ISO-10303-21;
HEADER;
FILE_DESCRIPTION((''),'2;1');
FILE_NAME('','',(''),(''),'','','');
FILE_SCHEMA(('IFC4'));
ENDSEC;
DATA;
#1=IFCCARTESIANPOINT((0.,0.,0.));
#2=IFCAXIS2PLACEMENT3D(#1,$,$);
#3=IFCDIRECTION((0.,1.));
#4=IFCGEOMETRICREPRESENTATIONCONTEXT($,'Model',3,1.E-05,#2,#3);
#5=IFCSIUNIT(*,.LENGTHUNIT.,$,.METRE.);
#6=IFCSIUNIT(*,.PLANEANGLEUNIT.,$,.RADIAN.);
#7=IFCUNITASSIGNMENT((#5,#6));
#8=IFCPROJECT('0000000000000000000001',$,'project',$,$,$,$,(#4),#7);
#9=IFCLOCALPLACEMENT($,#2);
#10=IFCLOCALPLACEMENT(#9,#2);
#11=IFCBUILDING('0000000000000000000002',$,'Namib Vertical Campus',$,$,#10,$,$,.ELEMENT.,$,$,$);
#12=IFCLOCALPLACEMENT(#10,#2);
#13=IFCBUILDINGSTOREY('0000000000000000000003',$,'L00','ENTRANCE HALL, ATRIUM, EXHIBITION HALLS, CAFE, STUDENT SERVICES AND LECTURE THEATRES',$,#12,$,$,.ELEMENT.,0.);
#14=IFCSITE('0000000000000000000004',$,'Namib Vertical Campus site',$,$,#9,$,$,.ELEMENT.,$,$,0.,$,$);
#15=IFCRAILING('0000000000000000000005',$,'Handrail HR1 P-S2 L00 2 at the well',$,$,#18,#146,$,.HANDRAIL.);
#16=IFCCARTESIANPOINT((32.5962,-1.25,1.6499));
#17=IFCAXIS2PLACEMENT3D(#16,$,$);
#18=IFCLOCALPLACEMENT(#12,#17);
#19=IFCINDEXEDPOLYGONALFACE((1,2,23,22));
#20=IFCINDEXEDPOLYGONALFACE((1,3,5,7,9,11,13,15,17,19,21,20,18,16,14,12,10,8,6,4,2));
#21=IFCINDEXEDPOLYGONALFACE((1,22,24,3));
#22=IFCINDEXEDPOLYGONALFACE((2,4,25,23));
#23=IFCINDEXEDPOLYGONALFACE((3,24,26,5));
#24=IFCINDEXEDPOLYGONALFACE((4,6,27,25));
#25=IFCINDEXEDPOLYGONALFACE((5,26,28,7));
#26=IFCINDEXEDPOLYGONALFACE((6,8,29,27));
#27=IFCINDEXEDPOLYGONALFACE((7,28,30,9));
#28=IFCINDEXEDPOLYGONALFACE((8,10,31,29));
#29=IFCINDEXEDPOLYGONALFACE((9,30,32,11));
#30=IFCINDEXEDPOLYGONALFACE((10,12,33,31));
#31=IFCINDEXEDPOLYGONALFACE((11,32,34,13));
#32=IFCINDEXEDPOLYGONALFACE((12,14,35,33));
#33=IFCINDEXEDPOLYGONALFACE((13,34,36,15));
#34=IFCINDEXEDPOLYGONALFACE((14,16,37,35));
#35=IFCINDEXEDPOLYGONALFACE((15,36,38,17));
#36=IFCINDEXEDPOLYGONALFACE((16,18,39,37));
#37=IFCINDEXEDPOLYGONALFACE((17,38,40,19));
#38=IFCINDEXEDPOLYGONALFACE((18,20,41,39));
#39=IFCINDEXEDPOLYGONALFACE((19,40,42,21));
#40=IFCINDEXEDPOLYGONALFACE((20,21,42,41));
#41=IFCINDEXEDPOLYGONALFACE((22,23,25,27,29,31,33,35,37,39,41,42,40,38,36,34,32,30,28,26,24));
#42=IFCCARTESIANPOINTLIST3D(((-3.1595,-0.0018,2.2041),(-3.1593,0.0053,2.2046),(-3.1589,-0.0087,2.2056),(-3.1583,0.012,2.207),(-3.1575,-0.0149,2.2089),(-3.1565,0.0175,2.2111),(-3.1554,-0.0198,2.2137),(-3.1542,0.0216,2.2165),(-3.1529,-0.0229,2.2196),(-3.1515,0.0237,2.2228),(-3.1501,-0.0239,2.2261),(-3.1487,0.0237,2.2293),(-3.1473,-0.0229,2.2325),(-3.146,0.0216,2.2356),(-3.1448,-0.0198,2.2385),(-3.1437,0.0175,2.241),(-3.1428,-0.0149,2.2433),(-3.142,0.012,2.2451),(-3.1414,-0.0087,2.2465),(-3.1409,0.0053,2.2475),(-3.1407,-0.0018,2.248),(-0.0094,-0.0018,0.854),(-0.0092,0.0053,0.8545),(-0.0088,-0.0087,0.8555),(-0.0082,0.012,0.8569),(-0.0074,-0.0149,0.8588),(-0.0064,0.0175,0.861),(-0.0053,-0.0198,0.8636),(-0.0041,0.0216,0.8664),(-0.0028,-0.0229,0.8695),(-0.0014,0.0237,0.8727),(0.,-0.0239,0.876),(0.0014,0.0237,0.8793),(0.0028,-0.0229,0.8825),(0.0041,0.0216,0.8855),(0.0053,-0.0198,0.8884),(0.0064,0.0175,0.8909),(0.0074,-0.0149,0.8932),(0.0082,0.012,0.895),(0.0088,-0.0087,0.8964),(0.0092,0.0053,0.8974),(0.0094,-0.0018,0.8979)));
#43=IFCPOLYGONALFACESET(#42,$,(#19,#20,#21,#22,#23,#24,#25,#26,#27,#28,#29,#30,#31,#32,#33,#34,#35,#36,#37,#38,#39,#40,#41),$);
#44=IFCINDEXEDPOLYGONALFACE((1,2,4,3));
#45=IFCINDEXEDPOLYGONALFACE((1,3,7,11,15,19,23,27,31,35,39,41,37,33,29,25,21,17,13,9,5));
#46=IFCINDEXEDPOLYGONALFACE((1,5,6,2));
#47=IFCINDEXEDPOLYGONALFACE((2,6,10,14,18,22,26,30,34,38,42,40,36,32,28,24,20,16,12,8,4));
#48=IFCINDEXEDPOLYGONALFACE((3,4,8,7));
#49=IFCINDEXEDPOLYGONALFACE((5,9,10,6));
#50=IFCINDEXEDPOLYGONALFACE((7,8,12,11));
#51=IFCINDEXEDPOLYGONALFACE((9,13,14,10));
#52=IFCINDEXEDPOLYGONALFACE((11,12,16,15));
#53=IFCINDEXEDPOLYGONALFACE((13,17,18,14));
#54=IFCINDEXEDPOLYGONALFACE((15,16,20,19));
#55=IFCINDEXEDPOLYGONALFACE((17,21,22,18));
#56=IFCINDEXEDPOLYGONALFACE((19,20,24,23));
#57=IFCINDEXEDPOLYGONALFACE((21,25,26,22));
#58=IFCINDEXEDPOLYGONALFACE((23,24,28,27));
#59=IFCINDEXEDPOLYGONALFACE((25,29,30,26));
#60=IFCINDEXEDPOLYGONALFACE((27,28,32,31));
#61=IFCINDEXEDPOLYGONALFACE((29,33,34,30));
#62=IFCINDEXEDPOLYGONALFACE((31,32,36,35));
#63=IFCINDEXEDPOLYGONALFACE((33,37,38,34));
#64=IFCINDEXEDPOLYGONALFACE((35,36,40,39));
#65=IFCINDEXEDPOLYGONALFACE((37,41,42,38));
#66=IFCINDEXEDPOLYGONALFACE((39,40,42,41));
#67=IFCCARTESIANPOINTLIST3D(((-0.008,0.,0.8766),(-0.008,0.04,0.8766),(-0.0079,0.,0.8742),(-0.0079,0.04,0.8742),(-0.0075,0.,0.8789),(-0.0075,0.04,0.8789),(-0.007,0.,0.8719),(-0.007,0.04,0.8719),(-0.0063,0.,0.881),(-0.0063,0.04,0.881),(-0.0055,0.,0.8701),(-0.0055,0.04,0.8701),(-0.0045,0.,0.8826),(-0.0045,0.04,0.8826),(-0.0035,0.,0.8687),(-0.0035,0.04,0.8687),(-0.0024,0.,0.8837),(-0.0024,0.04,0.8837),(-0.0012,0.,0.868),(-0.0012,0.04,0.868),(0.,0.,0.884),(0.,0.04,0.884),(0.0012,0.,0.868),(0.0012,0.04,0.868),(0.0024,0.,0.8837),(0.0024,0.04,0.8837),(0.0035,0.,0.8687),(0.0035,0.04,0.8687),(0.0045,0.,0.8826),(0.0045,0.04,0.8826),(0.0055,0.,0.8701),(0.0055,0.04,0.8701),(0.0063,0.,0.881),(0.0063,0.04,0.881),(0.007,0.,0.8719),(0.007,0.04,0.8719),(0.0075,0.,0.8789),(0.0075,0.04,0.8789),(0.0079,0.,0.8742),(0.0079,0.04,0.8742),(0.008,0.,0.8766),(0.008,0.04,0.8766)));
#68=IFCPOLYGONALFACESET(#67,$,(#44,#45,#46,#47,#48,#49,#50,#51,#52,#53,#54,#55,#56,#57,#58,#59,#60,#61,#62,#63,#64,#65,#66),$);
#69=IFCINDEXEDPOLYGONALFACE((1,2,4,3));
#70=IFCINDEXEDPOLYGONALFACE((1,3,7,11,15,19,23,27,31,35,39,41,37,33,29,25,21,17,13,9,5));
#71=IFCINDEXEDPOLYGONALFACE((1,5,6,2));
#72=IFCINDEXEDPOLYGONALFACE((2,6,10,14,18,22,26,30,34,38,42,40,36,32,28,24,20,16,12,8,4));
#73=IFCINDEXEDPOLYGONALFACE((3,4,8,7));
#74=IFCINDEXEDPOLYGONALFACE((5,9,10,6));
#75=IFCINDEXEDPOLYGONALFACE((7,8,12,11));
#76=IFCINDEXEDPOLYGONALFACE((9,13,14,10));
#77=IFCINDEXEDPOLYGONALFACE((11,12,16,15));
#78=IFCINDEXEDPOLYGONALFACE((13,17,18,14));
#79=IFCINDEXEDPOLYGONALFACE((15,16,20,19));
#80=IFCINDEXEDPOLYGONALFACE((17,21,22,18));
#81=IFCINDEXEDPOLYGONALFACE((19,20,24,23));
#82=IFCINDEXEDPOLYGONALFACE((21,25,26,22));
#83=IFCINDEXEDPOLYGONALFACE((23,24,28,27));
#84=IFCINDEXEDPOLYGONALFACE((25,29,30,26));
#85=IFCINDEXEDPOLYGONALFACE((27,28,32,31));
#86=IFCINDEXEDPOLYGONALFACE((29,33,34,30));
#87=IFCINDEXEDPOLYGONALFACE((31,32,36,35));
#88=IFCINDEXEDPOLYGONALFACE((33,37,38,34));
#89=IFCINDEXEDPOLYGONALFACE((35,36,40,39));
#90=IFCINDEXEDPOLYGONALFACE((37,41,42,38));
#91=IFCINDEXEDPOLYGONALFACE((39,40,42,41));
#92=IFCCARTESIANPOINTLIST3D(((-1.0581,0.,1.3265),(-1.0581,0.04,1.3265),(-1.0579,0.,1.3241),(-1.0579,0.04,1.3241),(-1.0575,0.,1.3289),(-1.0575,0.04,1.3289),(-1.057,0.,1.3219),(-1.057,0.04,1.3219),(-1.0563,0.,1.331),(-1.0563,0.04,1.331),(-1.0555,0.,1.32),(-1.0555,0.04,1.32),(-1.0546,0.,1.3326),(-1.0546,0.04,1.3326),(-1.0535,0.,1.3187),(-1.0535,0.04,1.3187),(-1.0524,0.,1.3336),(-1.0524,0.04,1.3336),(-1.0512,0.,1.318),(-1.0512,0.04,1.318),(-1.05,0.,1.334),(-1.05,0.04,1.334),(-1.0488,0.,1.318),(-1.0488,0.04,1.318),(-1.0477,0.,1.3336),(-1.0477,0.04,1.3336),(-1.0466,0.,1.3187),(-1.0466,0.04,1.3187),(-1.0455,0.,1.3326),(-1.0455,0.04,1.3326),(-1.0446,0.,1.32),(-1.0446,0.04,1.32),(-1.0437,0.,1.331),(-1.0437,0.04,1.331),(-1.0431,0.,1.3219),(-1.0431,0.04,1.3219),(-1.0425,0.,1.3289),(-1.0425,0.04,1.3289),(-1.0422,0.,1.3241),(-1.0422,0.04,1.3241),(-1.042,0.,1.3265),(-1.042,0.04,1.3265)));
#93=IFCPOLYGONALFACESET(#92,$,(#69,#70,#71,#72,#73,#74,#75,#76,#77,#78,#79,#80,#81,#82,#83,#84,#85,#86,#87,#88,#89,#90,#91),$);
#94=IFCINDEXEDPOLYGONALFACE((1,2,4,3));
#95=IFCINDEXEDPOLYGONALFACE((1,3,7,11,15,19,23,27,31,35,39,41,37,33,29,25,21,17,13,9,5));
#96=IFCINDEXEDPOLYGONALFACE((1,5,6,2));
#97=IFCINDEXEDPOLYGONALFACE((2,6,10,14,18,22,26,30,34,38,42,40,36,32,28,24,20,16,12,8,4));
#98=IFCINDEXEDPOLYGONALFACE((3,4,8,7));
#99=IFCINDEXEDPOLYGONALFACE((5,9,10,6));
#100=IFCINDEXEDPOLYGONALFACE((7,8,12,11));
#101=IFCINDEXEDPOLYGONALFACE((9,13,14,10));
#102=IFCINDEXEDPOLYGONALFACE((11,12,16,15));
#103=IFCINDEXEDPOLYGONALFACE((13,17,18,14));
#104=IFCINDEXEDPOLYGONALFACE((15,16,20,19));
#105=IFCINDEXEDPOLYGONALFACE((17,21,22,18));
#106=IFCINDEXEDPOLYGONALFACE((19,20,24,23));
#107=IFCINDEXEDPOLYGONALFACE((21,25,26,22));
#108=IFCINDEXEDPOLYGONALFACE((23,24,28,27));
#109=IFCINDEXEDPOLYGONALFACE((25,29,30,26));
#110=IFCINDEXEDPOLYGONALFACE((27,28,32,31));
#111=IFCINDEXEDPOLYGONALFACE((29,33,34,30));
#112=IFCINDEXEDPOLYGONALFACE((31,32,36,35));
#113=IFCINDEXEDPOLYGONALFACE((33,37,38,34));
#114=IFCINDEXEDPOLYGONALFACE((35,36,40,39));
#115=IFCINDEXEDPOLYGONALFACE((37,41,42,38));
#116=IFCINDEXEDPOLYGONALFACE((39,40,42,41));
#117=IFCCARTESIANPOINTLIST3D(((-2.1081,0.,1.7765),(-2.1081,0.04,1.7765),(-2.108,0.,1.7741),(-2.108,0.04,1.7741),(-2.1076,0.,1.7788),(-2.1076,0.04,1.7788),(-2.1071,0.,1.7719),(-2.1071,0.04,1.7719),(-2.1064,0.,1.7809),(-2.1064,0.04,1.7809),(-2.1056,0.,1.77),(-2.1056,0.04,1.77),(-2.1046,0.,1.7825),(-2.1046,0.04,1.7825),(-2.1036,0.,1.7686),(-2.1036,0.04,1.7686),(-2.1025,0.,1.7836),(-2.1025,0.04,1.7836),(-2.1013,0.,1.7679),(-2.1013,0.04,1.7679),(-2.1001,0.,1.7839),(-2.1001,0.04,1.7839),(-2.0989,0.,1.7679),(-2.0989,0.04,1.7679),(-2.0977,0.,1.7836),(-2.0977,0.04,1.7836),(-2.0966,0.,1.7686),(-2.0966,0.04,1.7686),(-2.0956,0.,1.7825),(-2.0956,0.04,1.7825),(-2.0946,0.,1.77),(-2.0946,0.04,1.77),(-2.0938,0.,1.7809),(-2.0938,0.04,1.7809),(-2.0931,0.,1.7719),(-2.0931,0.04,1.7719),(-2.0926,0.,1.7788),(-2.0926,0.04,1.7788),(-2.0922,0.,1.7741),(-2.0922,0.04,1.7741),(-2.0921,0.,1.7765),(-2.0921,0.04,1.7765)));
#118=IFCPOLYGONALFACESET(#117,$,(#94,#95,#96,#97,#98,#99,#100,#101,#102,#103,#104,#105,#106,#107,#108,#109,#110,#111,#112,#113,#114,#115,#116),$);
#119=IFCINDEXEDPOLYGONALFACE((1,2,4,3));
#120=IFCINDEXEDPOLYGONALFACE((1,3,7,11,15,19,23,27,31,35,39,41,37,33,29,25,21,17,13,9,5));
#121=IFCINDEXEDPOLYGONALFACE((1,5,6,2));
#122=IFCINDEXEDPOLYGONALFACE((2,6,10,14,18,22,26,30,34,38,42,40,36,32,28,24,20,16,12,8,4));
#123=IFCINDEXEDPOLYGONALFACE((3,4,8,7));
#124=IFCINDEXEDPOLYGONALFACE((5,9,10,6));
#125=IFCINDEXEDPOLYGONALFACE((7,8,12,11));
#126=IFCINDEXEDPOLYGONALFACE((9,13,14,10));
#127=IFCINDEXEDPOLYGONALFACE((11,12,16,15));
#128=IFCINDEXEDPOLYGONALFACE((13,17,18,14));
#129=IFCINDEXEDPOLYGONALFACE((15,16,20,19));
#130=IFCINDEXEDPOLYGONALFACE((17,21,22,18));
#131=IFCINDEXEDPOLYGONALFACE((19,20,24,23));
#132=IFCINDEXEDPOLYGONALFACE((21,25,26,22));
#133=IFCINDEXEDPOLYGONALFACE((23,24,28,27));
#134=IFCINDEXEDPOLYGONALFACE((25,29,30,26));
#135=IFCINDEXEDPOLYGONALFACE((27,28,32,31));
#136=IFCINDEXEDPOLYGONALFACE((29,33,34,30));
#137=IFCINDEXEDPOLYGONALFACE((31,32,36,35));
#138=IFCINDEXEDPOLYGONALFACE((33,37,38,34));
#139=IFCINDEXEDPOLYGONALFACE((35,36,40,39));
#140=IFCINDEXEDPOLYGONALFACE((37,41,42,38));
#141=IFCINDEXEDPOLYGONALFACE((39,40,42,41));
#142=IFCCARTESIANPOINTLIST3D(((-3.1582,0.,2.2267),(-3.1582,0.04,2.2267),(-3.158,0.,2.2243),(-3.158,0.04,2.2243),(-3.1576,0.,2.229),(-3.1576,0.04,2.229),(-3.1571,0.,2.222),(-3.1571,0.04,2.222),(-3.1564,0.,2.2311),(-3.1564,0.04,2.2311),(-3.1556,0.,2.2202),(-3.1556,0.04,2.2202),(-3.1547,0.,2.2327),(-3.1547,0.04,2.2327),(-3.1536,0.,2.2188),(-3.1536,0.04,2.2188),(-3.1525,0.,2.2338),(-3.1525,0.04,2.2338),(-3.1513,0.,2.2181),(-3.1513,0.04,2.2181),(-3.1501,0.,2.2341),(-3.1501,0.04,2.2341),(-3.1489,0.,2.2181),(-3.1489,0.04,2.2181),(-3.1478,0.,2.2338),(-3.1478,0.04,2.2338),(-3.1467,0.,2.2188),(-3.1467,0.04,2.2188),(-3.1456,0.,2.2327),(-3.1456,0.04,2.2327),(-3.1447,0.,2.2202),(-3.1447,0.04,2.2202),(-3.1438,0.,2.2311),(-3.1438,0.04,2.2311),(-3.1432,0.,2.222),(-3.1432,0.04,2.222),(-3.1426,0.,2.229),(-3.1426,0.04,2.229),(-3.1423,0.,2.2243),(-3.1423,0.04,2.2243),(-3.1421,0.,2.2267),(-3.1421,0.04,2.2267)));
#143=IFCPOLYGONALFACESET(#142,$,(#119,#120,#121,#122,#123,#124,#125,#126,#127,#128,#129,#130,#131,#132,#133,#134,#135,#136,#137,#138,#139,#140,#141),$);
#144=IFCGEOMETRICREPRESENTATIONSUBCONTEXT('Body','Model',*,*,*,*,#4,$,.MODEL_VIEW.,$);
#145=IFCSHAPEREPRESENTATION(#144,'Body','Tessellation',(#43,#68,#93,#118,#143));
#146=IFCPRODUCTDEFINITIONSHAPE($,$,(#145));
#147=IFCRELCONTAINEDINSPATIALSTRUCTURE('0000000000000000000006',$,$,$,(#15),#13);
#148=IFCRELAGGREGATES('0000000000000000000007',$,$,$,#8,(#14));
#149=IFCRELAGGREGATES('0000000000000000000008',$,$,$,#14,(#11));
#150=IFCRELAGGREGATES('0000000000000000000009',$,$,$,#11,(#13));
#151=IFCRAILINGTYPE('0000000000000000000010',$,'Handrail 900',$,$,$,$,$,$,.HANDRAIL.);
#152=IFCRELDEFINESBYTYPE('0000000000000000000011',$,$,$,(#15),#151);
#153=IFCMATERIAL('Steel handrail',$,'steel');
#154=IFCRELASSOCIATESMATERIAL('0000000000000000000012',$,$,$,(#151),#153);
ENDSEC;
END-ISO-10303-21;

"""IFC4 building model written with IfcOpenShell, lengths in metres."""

from ifc_helpers import new_model, si_unit, direction, frame, origin, origin_2d, place, context, subcontext, project, spatial, circle, extrude, material, type_object, element, save


model = new_model("IFC4")

# Units and contexts
model_context = context("Model", 3, precision=1e-05, world=origin(), true_north=direction((0.0, 1.0)))
body_context = subcontext(model_context, "Body", "Model", "MODEL_VIEW")
ifc_project = project(units=[si_unit("LENGTHUNIT", "METRE"), si_unit("PLANEANGLEUNIT", "RADIAN")], contexts=[model_context])

# Site, building, storey
site_placement = place(None, origin())
site = spatial("IfcSite", under=ifc_project, at=site_placement, Name="Namib Vertical Campus site", CompositionType="ELEMENT", RefElevation=0.0)
building_placement = place(site_placement, origin())
building = spatial("IfcBuilding", under=site, at=building_placement, Name="Namib Vertical Campus", CompositionType="ELEMENT")
storey_placement = place(building_placement, origin())
storey = spatial("IfcBuildingStorey", under=building, at=storey_placement, Name="L00", Description="ENTRANCE HALL, ATRIUM, EXHIBITION HALLS, CAFE, STUDENT SERVICES AND LECTURE THEATRES", CompositionType="ELEMENT", Elevation=0.0)

# Railing
ifc_material_1 = material(Name="Steel handrail", Category="steel")
railing_type_1 = type_object("IfcRailingType", Name="Handrail 900", PredefinedType="HANDRAIL", material=ifc_material_1)
railing_1_placement = place(storey_placement, frame((32.5962, -1.25, 1.6499)))
element("IfcRailing", 1, at=railing_1_placement, inside=storey, type_object=railing_type_1, Name="Handrail HR1 P-S2 L00 2 at the well", PredefinedType="HANDRAIL", context=body_context, shape_type="SweptSolid", body=[
    extrude(circle(Radius=0.0239, at=origin_2d()), frame((0.0, 0.0, 0.876), z_axis=(-0.919141, 0.0, 0.393928), x_axis=(0.0, -1.0, 0.0)), (0.0, 0.0, 1.0), 3.4272),
    extrude(circle(Radius=0.0081, at=origin_2d()), frame((0.0, 0.0, 0.876), z_axis=(0.0, 1.0, 0.0), x_axis=(0.0, 0.0, 1.0)), (0.0, 0.0, 1.0), 0.04),
    extrude(circle(Radius=0.0081, at=origin_2d()), frame((-1.05, 0.0, 1.3259), z_axis=(0.0, 1.0, 0.0), x_axis=(0.0, 0.0, 1.0)), (0.0, 0.0, 1.0), 0.04),
    extrude(circle(Radius=0.0081, at=origin_2d()), frame((-2.1001, 0.0, 1.7759), z_axis=(0.0, 1.0, 0.0), x_axis=(0.0, 0.0, 1.0)), (0.0, 0.0, 1.0), 0.04),
    extrude(circle(Radius=0.0081, at=origin_2d()), frame((-3.1501, 0.0, 2.2261), z_axis=(0.0, 1.0, 0.0), x_axis=(0.0, 0.0, 1.0)), (0.0, 0.0, 1.0), 0.04),
])

save(model, "model.ifc")
